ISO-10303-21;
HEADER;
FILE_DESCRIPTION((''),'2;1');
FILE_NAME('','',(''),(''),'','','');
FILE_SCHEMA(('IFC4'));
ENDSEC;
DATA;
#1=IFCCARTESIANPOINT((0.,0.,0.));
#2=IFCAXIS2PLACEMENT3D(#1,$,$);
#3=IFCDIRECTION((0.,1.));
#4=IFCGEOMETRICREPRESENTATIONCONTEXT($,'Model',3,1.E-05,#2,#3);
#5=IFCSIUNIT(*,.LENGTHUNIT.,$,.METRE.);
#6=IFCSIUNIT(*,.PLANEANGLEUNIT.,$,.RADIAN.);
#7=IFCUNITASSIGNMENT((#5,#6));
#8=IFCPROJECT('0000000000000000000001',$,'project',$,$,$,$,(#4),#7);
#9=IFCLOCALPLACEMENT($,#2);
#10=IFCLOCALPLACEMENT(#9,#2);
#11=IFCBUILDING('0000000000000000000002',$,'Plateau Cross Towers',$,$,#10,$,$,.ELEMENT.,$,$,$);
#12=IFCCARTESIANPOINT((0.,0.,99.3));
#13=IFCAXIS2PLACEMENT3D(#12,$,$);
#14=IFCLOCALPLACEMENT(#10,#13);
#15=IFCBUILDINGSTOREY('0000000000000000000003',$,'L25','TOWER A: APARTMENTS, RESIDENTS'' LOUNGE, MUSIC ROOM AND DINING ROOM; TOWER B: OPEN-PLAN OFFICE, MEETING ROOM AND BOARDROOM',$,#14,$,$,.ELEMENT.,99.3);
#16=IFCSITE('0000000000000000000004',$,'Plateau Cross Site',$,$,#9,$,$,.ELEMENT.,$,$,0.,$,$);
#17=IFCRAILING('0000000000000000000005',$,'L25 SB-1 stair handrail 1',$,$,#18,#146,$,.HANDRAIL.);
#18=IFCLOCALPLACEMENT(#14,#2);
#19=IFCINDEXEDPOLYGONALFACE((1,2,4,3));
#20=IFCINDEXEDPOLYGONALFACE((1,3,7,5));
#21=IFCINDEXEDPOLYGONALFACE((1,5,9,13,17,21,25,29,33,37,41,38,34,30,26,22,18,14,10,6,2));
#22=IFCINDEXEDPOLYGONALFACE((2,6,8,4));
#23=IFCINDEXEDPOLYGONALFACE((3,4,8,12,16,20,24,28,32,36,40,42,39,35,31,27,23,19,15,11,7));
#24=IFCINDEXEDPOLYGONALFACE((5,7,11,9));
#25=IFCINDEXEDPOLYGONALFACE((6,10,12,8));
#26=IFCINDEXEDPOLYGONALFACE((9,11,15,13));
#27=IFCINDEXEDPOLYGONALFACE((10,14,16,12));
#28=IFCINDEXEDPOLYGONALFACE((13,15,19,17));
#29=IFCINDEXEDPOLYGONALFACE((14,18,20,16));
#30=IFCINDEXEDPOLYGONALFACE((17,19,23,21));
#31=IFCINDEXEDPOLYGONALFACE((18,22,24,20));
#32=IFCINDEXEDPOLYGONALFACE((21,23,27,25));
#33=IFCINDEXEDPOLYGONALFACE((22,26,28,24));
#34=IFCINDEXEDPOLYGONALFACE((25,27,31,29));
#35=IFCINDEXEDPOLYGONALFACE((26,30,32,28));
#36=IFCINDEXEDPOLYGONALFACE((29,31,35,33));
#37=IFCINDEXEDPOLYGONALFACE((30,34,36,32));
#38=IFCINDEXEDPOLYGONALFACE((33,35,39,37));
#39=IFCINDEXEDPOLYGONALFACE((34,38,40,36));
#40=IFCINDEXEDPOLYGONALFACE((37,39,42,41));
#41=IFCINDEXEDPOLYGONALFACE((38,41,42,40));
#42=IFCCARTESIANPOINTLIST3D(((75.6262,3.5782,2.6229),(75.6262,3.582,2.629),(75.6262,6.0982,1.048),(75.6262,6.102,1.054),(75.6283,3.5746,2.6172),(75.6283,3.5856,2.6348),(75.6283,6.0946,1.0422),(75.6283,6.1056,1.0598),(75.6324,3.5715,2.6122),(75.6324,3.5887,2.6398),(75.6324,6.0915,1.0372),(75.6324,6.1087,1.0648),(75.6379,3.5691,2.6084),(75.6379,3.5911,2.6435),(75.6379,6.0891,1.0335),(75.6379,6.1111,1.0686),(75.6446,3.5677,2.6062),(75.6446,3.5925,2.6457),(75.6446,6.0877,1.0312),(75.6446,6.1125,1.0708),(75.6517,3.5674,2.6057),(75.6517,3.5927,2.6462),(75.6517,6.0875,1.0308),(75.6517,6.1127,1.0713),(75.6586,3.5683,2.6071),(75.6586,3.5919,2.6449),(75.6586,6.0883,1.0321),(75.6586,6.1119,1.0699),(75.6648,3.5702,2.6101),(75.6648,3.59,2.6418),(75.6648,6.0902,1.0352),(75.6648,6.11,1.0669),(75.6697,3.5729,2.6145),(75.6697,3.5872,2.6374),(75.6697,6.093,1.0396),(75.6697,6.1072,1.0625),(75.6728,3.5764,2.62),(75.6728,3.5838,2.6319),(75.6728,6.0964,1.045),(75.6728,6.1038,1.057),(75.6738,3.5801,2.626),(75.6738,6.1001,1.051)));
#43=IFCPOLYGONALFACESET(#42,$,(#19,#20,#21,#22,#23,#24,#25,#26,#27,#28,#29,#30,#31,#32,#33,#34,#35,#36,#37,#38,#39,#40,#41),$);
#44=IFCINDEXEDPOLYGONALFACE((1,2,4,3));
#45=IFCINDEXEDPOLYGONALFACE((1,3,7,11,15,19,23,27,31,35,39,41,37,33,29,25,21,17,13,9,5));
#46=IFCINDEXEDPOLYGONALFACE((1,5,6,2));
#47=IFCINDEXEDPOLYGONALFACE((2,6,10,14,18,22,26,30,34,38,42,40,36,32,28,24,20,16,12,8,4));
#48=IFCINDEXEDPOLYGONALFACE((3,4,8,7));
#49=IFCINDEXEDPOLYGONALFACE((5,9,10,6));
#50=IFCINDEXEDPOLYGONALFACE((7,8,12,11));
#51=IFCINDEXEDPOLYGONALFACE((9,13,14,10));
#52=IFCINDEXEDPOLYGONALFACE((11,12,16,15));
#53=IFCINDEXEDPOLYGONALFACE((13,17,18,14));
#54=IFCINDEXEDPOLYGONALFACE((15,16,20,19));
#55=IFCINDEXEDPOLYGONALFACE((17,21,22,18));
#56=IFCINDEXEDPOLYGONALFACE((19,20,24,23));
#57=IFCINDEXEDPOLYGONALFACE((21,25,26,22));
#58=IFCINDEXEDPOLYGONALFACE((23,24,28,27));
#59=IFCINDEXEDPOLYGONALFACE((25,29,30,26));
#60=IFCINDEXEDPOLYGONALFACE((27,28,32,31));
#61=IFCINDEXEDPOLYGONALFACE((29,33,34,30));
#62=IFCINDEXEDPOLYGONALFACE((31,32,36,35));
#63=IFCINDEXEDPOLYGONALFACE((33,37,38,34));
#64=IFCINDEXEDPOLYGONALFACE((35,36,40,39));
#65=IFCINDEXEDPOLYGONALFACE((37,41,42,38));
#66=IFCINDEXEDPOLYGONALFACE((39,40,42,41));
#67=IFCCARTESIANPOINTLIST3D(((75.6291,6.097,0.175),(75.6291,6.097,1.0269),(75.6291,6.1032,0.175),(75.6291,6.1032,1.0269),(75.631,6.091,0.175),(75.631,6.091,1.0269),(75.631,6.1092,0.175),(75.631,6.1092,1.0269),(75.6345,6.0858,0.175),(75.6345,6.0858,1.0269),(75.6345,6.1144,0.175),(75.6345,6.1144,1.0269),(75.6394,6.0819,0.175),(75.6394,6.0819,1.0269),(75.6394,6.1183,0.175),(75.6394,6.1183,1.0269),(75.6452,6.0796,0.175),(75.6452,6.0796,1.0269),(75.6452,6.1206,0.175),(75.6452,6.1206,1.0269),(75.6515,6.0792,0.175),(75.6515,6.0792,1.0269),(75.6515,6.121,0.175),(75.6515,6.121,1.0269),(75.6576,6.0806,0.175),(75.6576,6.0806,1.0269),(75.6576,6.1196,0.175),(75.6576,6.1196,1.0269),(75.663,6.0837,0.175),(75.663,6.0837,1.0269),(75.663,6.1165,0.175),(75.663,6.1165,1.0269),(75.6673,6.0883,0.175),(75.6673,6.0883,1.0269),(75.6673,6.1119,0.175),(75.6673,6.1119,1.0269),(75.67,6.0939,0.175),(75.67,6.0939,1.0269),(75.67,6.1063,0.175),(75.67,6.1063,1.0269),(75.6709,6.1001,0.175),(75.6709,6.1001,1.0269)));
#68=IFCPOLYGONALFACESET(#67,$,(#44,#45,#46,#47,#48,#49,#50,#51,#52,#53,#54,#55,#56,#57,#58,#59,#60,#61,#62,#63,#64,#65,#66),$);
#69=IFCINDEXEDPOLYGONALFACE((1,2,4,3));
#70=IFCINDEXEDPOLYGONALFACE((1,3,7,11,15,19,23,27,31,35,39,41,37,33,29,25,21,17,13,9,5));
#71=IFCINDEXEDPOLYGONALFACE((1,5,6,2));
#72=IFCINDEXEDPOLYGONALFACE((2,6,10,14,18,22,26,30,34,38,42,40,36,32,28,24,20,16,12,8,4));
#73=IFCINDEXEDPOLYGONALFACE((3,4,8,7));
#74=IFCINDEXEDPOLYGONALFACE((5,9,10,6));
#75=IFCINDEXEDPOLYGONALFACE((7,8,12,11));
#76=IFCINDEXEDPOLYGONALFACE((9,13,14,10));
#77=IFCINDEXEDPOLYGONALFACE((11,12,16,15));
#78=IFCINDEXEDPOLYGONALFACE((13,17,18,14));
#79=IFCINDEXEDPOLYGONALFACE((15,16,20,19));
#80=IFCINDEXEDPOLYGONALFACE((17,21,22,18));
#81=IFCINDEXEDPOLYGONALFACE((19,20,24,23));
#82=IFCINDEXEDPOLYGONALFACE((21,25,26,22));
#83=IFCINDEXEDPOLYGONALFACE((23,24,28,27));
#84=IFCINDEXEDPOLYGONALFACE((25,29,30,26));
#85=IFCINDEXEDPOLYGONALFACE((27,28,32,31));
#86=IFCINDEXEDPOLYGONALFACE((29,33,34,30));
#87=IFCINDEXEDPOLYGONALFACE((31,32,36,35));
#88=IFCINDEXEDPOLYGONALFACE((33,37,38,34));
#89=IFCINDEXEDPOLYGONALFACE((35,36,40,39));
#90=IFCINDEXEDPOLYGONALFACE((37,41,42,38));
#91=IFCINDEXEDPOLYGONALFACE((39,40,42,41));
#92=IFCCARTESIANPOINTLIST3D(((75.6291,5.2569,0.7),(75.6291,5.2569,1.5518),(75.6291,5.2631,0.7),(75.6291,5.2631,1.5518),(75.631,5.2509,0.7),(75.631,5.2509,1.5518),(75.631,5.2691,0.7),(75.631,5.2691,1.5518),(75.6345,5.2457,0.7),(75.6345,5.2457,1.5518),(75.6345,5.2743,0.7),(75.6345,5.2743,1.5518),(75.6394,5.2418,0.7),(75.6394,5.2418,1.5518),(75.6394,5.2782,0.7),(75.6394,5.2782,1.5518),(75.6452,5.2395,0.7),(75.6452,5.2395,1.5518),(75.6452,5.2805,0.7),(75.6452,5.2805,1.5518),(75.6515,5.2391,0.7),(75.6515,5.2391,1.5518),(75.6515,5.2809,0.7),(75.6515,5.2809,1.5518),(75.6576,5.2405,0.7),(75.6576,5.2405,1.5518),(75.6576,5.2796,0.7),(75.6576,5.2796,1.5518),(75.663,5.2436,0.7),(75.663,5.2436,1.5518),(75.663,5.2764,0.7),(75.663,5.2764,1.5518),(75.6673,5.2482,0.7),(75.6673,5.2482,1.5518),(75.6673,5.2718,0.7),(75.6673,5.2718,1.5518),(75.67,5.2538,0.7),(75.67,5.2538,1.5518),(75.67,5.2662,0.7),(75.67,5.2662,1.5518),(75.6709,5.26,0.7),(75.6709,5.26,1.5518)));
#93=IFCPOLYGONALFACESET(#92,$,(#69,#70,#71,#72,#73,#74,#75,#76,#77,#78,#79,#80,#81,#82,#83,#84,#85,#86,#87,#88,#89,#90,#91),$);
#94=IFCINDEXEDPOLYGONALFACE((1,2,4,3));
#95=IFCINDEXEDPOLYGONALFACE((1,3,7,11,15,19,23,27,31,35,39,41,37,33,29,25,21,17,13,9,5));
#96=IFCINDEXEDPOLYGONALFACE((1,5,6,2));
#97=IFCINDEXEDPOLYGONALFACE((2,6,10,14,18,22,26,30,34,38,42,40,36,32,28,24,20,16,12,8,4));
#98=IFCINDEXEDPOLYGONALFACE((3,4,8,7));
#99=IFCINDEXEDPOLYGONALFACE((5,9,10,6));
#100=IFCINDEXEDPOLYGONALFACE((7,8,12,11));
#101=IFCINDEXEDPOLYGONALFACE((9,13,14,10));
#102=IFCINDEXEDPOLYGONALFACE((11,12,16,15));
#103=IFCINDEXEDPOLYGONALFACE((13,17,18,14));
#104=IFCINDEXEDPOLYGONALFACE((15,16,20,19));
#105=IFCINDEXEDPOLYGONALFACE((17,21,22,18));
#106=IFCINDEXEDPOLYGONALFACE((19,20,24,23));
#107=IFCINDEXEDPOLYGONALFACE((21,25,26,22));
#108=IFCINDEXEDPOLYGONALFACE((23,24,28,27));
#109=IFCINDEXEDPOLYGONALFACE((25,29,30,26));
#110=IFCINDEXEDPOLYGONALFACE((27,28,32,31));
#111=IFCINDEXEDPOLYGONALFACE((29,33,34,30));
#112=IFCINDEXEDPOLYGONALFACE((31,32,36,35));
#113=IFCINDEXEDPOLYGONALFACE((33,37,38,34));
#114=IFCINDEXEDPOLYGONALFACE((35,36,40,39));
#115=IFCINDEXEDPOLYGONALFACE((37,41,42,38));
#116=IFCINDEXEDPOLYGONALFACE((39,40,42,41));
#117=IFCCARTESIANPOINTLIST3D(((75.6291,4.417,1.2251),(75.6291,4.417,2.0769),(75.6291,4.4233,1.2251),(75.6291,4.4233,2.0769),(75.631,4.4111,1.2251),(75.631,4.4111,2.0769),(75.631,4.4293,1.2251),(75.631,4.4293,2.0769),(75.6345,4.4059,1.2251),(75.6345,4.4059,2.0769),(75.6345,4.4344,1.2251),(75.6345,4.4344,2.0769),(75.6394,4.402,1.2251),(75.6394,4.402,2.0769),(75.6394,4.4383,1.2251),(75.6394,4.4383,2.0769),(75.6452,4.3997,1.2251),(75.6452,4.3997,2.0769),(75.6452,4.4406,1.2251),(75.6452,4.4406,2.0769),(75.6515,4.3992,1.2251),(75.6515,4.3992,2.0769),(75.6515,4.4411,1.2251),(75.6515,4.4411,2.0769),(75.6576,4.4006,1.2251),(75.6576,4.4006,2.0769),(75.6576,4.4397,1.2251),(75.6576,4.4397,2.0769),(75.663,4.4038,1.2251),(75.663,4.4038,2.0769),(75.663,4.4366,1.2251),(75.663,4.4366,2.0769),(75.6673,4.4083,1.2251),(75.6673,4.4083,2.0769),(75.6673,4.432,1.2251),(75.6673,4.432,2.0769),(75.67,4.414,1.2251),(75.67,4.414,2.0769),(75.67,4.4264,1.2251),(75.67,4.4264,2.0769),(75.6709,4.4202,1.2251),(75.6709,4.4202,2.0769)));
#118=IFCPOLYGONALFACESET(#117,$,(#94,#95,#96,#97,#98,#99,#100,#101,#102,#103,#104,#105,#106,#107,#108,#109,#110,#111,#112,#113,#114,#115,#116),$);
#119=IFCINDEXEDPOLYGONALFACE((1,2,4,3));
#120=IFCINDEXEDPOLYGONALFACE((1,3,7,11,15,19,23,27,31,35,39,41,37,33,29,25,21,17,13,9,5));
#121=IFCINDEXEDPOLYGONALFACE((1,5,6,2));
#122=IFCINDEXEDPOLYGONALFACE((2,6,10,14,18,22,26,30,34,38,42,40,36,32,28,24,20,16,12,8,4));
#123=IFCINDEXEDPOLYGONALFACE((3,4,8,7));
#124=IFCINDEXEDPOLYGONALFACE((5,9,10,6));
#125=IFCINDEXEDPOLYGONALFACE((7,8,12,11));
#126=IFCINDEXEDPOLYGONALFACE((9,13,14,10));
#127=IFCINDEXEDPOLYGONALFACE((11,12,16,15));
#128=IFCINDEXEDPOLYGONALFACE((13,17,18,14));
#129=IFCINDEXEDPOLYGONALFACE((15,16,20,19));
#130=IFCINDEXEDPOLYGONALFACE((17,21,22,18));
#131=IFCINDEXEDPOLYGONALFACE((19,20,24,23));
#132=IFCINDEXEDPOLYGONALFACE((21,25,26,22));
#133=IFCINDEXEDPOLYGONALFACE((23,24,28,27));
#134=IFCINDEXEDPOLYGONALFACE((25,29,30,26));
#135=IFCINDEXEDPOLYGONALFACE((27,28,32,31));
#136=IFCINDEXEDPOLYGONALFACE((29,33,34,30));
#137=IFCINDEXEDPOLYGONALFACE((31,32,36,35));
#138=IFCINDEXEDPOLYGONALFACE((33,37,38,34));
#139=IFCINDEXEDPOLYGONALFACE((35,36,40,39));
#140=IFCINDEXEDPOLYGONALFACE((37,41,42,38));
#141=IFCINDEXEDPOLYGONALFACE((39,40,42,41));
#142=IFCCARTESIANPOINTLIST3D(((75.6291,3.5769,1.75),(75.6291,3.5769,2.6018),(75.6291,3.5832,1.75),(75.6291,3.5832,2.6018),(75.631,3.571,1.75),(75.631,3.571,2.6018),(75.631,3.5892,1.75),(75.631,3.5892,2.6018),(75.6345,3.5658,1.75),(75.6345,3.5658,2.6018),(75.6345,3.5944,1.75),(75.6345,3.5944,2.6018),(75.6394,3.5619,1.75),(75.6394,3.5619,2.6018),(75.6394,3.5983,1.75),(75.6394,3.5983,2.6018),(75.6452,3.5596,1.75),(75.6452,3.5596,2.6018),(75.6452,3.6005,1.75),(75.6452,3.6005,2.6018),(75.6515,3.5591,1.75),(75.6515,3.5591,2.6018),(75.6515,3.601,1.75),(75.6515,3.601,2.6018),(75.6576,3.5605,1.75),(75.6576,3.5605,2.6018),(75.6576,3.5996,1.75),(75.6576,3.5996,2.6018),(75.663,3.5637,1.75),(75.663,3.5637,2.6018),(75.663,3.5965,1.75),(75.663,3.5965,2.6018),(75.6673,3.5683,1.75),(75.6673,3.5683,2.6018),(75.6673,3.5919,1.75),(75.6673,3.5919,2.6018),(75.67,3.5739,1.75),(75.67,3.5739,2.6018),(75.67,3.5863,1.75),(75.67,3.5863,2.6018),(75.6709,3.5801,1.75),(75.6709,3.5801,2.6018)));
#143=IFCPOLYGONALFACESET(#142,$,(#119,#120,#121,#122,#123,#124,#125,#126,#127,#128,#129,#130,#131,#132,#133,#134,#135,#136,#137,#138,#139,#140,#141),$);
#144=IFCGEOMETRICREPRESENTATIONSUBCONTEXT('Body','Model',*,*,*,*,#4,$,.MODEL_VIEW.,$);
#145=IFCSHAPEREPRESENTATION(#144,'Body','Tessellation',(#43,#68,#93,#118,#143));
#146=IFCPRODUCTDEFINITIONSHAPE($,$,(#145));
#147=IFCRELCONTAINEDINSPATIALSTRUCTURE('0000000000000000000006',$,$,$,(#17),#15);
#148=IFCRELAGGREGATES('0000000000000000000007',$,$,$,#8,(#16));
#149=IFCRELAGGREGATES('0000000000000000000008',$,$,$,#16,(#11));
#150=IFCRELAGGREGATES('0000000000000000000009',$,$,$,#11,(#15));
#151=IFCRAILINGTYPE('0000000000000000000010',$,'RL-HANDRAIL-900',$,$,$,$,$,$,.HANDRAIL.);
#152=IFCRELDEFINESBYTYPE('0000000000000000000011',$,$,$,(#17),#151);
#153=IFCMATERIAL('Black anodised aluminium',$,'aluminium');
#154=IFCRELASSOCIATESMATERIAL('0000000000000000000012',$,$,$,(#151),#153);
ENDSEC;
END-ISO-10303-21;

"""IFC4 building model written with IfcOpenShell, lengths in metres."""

from ifc_helpers import new_model, si_unit, direction, frame, origin, origin_2d, place, context, subcontext, project, spatial, circle, extrude, material, type_object, element, save


model = new_model("IFC4")

# Units and contexts
model_context = context("Model", 3, precision=1e-05, world=origin(), true_north=direction((0.0, 1.0)))
body_context = subcontext(model_context, "Body", "Model", "MODEL_VIEW")
ifc_project = project(units=[si_unit("LENGTHUNIT", "METRE"), si_unit("PLANEANGLEUNIT", "RADIAN")], contexts=[model_context])

# Site, building, storey
site_placement = place(None, origin())
site = spatial("IfcSite", under=ifc_project, at=site_placement, Name="Plateau Cross Site", CompositionType="ELEMENT", RefElevation=0.0)
building_placement = place(site_placement, origin())
building = spatial("IfcBuilding", under=site, at=building_placement, Name="Plateau Cross Towers", CompositionType="ELEMENT")
storey_placement = place(building_placement, frame((0.0, 0.0, 99.3)))
storey = spatial("IfcBuildingStorey", under=building, at=storey_placement, Name="L25", Description="TOWER A: APARTMENTS, RESIDENTS' LOUNGE, MUSIC ROOM AND DINING ROOM; TOWER B: OPEN-PLAN OFFICE, MEETING ROOM AND BOARDROOM", CompositionType="ELEMENT", Elevation=99.3)

# Railing
ifc_material_1 = material(Name="Black anodised aluminium", Category="aluminium")
railing_type_1 = type_object("IfcRailingType", Name="RL-HANDRAIL-900", PredefinedType="HANDRAIL", material=ifc_material_1)
railing_1_placement = place(storey_placement, frame((75.6499, 6.1001, 0.175)))
element("IfcRailing", 1, at=railing_1_placement, inside=storey, type_object=railing_type_1, Name="L25 SB-1 stair handrail 1", PredefinedType="HANDRAIL", context=body_context, shape_type="SweptSolid", body=[
    extrude(circle(Radius=0.0239, at=origin_2d()), frame((0.0, 0.0, 0.876), z_axis=(0.0, -0.848008, 0.529984), x_axis=(1.0, 0.0, 0.0)), (0.0, 0.0, 1.0), 2.9717),
    extrude(circle(Radius=0.021, at=origin_2d()), origin(), (0.0, 0.0, 1.0), 0.8518),
    extrude(circle(Radius=0.021, at=origin_2d()), frame((0.0, -0.8401, 0.5249)), (0.0, 0.0, 1.0), 0.8518),
    extrude(circle(Radius=0.021, at=origin_2d()), frame((0.0, -1.6799, 1.05)), (0.0, 0.0, 1.0), 0.8518),
    extrude(circle(Radius=0.021, at=origin_2d()), frame((0.0, -2.52, 1.575)), (0.0, 0.0, 1.0), 0.8518),
])

save(model, "model.ifc")
